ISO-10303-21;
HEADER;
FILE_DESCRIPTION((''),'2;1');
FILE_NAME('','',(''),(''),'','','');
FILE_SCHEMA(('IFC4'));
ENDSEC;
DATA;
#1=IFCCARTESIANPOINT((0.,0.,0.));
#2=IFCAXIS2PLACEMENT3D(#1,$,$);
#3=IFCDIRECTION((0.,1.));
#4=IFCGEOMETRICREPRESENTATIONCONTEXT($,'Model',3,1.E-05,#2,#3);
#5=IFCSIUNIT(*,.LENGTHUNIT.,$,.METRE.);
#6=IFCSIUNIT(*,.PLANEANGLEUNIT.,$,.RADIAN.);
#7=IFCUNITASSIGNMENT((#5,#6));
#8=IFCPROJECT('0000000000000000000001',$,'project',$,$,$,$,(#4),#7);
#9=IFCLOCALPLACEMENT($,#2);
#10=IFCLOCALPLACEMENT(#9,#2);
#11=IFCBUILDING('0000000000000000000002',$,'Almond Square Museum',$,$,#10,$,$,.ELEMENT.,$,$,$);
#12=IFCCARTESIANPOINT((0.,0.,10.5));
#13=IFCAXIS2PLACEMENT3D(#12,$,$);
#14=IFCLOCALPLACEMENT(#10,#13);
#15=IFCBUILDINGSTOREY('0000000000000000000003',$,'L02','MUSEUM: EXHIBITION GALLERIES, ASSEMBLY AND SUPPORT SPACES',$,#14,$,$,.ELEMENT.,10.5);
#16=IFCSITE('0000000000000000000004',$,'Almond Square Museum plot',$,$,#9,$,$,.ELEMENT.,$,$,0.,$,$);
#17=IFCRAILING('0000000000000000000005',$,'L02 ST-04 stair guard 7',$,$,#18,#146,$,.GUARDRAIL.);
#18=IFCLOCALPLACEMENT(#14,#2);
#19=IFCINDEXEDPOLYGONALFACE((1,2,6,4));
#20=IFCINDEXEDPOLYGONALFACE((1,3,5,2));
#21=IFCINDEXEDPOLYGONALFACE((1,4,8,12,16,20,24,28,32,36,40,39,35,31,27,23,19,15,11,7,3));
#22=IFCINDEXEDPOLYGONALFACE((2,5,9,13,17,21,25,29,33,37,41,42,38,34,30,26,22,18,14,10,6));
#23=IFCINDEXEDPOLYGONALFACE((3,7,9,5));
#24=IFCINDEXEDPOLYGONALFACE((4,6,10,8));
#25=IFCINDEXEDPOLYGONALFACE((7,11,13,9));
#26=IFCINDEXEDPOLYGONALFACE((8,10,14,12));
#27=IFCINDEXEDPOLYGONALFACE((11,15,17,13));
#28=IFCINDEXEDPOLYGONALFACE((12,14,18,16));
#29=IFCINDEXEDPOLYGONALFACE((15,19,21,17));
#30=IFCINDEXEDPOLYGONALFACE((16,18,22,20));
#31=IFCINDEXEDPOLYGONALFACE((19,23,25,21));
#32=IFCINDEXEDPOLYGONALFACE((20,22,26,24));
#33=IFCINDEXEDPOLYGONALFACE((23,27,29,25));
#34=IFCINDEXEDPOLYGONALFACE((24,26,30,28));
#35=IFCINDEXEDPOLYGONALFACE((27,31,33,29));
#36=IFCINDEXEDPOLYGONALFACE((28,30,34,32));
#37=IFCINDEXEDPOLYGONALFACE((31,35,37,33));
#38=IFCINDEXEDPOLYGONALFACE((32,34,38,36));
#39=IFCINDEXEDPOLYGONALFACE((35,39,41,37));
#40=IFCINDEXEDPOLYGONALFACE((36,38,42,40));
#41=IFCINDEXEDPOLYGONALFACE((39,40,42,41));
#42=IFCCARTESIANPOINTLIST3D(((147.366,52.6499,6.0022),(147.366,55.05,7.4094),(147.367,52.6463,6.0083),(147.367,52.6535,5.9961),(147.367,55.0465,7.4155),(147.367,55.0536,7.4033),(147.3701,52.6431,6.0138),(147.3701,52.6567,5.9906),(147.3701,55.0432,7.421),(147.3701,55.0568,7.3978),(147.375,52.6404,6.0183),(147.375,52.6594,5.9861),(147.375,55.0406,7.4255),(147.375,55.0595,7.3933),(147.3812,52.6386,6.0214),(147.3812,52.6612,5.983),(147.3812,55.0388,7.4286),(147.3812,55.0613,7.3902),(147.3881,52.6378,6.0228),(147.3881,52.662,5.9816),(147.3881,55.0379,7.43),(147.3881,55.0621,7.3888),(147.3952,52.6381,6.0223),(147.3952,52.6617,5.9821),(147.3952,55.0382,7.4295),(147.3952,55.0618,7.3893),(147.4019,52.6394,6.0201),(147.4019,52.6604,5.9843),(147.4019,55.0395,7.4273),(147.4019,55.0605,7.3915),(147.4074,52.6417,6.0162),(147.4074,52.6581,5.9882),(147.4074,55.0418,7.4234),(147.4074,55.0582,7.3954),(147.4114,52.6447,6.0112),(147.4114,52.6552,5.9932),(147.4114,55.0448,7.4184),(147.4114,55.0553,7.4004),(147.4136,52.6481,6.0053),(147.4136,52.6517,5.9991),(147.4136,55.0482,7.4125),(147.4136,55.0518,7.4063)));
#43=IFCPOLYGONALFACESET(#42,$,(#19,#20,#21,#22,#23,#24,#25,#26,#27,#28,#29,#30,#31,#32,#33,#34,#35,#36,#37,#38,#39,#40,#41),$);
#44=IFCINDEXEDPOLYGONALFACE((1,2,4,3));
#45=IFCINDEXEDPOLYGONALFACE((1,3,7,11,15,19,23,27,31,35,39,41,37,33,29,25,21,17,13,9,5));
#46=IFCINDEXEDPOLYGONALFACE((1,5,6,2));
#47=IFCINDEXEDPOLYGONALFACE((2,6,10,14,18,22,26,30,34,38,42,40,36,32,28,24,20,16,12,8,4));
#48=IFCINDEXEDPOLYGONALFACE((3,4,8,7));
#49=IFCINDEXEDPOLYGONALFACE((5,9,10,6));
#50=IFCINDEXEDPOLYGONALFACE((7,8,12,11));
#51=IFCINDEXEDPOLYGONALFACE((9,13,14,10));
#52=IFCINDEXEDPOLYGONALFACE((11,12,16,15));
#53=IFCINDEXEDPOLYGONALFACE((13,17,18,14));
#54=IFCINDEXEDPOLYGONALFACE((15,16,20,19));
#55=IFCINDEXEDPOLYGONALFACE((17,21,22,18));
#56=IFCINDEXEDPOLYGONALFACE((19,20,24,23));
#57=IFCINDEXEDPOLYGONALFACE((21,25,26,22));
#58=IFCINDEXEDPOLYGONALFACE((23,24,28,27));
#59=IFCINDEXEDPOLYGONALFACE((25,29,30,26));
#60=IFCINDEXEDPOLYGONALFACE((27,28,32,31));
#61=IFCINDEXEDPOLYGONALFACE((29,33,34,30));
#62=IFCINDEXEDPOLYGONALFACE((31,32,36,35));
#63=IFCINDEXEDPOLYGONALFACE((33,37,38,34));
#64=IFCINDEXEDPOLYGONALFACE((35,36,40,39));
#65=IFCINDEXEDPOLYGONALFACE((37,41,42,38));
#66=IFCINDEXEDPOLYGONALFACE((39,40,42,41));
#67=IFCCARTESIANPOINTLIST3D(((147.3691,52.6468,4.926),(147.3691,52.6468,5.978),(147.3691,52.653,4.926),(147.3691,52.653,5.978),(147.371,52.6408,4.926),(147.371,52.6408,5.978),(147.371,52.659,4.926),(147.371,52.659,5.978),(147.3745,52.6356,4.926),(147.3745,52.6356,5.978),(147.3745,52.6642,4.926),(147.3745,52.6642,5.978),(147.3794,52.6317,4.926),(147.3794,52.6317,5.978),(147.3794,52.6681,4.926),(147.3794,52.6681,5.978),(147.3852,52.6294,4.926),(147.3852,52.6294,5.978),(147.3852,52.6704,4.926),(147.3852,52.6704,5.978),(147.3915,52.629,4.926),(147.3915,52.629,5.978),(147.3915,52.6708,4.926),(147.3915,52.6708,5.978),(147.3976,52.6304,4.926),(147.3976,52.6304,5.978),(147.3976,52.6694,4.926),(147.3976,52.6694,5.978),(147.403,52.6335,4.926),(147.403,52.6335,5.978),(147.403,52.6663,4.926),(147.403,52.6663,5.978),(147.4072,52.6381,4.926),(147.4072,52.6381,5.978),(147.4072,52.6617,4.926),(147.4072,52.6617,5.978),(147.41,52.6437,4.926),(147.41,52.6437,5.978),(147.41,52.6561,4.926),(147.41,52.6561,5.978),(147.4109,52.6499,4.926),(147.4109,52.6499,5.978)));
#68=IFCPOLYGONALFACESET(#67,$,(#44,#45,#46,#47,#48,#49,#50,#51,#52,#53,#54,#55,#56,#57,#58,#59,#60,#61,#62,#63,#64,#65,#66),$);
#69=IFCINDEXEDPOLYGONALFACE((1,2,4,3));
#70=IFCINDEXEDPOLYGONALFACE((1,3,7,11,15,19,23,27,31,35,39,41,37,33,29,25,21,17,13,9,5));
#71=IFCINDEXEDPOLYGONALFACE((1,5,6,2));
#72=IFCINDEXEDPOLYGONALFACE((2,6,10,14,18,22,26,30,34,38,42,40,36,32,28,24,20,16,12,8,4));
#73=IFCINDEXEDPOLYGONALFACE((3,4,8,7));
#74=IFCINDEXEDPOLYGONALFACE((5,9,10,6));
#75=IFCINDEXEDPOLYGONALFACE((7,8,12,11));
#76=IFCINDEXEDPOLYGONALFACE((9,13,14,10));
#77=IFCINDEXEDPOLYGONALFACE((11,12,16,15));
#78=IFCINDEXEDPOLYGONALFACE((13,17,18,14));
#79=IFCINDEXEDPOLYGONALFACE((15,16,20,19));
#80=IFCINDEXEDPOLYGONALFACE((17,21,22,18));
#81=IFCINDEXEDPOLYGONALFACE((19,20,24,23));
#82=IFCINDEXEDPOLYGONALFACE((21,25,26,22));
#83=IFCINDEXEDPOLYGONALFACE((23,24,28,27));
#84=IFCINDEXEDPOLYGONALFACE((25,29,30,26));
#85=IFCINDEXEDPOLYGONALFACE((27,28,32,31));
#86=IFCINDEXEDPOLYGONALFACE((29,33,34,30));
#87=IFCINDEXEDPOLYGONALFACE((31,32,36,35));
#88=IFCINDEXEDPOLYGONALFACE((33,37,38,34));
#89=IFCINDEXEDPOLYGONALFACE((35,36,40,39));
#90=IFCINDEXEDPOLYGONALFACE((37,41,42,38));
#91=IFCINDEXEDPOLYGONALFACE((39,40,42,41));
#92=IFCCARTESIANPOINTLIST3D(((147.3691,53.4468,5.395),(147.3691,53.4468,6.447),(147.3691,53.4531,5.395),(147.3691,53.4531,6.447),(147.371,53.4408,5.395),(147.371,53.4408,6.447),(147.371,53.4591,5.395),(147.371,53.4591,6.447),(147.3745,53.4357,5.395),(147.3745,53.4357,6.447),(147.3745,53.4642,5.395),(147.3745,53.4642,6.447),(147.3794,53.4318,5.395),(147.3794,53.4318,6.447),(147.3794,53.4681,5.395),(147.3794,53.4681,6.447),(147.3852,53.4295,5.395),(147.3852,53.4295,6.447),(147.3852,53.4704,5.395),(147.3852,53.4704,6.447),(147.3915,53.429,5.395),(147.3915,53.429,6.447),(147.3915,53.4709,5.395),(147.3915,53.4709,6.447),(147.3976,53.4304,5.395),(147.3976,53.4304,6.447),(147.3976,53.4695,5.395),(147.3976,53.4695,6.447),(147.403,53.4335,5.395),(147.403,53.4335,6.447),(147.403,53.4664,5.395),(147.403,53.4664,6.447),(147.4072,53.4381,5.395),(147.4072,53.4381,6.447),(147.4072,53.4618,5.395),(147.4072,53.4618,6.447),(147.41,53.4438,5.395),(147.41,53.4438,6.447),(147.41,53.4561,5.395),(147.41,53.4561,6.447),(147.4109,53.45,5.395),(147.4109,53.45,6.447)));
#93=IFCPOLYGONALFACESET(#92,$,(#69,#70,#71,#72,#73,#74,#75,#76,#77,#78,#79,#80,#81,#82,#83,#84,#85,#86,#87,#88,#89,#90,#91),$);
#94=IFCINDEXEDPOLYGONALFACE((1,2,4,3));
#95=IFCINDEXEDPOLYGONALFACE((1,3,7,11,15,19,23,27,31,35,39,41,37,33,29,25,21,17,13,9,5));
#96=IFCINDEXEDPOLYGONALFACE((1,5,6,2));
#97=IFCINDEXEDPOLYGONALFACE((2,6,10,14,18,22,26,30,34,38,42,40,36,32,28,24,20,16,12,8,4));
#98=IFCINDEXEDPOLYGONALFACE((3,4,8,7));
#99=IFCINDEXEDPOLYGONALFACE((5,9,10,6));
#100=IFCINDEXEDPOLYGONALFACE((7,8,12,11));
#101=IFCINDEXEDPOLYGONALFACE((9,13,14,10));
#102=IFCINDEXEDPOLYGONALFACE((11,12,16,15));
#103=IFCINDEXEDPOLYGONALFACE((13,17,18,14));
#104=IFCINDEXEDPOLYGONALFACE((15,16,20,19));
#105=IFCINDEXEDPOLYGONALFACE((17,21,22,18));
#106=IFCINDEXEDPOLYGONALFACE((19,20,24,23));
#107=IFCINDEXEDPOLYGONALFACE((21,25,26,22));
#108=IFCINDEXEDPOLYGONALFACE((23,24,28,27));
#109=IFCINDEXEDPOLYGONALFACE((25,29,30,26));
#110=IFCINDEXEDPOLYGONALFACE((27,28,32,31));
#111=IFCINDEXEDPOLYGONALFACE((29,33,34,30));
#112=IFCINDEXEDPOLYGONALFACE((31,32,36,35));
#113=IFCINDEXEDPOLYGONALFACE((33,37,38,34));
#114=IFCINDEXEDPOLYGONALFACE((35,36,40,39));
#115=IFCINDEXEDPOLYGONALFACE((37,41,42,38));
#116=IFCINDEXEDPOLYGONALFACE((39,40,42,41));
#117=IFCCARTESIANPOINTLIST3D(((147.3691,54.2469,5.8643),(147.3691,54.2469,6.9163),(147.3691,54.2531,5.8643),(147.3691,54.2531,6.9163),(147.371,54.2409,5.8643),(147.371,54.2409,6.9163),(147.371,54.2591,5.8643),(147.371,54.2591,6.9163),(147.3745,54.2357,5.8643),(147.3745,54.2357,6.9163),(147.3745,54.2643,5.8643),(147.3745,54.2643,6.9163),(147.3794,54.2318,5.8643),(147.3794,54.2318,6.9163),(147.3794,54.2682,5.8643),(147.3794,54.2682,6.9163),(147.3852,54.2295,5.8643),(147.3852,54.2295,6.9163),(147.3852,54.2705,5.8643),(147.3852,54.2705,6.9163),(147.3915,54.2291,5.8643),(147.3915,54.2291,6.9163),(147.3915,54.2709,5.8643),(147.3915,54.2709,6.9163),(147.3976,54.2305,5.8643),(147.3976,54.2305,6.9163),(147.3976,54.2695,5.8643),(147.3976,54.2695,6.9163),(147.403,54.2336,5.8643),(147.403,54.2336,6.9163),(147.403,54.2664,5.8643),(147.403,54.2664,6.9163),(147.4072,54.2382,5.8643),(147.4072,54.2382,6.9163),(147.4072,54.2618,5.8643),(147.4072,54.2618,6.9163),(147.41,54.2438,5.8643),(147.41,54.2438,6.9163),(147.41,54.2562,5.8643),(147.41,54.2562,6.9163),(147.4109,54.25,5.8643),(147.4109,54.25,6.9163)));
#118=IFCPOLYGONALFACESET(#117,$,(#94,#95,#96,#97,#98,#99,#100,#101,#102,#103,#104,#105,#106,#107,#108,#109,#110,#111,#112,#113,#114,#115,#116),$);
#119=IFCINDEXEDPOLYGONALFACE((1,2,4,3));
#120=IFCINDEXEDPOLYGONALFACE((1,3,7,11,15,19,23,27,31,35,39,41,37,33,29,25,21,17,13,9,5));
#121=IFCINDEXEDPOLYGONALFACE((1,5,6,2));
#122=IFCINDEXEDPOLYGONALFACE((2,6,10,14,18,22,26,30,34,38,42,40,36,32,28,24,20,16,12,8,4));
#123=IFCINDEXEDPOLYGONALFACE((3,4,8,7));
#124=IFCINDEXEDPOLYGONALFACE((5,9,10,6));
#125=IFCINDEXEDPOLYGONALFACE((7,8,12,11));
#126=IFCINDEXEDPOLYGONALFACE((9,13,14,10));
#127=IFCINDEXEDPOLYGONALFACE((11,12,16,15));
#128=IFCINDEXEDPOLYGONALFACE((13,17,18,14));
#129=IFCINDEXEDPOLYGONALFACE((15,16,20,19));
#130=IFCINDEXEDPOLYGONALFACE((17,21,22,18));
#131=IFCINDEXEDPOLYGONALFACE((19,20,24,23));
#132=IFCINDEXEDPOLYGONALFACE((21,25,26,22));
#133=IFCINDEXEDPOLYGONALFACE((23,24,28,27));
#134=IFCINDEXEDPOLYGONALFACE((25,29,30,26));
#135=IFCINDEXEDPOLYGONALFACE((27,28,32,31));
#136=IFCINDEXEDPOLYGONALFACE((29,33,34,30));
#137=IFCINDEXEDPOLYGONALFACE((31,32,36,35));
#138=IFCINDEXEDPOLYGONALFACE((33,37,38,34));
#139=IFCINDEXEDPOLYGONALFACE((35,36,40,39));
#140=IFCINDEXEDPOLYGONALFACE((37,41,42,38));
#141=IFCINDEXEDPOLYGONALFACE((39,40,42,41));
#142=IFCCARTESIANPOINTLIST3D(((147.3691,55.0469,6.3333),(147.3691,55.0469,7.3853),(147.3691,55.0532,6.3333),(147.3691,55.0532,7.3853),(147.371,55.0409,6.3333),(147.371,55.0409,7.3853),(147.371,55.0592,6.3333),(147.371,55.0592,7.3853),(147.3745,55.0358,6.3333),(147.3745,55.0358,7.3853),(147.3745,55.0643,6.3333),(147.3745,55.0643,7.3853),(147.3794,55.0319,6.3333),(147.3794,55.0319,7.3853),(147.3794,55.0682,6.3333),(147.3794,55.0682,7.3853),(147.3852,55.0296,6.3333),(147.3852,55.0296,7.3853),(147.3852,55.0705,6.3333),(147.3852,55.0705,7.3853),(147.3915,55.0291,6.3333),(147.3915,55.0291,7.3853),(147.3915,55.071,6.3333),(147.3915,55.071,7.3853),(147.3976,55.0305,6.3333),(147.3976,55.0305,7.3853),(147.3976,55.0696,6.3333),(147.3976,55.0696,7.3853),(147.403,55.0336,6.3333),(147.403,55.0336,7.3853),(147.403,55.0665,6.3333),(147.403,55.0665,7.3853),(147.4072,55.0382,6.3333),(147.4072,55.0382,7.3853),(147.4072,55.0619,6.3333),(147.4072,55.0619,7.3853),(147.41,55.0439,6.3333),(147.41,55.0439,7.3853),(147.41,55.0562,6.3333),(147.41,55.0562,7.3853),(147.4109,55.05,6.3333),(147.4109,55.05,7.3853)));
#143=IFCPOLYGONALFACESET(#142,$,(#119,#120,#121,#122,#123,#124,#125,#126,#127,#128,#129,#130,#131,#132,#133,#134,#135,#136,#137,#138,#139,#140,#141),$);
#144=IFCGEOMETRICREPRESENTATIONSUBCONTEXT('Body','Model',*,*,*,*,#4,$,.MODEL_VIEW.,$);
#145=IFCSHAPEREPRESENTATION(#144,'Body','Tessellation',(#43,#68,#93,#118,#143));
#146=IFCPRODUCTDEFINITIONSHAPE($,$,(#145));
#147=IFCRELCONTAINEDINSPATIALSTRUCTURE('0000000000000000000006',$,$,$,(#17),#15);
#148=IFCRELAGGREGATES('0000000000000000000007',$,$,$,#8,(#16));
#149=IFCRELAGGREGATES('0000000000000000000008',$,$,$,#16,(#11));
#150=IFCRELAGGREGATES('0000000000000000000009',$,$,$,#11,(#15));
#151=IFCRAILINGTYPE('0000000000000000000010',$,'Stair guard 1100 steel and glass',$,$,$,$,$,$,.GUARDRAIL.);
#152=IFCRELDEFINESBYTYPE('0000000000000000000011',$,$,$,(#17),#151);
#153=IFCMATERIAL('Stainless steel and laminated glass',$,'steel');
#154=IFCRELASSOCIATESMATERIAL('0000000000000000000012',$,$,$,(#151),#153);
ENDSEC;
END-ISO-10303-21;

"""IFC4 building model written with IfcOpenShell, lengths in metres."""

from ifc_helpers import new_model, si_unit, direction, frame, origin, origin_2d, place, context, subcontext, project, spatial, circle, extrude, material, type_object, element, save


model = new_model("IFC4")

# Units and contexts
model_context = context("Model", 3, precision=1e-05, world=origin(), true_north=direction((0.0, 1.0)))
body_context = subcontext(model_context, "Body", "Model", "MODEL_VIEW")
ifc_project = project(units=[si_unit("LENGTHUNIT", "METRE"), si_unit("PLANEANGLEUNIT", "RADIAN")], contexts=[model_context])

# Site, building, storey
site_placement = place(None, origin())
site = spatial("IfcSite", under=ifc_project, at=site_placement, Name="Almond Square Museum plot", CompositionType="ELEMENT", RefElevation=0.0)
building_placement = place(site_placement, origin())
building = spatial("IfcBuilding", under=site, at=building_placement, Name="Almond Square Museum", CompositionType="ELEMENT")
storey_placement = place(building_placement, frame((0.0, 0.0, 10.5)))
storey = spatial("IfcBuildingStorey", under=building, at=storey_placement, Name="L02", Description="MUSEUM: EXHIBITION GALLERIES, ASSEMBLY AND SUPPORT SPACES", CompositionType="ELEMENT", Elevation=10.5)

# Railing
ifc_material_1 = material(Name="Stainless steel and laminated glass", Category="steel")
railing_type_1 = type_object("IfcRailingType", Name="Stair guard 1100 steel and glass", PredefinedType="GUARDRAIL", material=ifc_material_1)
railing_1_placement = place(storey_placement, frame((147.3899, 52.6499, 4.926)))
element("IfcRailing", 1, at=railing_1_placement, inside=storey, type_object=railing_type_1, Name="L02 ST-04 stair guard 7", PredefinedType="GUARDRAIL", context=body_context, shape_type="SweptSolid", body=[
    extrude(circle(Radius=0.0239, at=origin_2d()), frame((0.0, 0.0, 1.0762), z_axis=(0.0, 0.86266, 0.505785), x_axis=(-1.0, 0.0, 0.0)), (0.0, 0.0, 1.0), 2.7822),
    extrude(circle(Radius=0.021, at=origin_2d()), origin(), (0.0, 0.0, 1.0), 1.052),
    extrude(circle(Radius=0.021, at=origin_2d()), frame((0.0, 0.8, 0.469)), (0.0, 0.0, 1.0), 1.052),
    extrude(circle(Radius=0.021, at=origin_2d()), frame((0.0, 1.6001, 0.9382)), (0.0, 0.0, 1.0), 1.052),
    extrude(circle(Radius=0.021, at=origin_2d()), frame((0.0, 2.4001, 1.4072)), (0.0, 0.0, 1.0), 1.052),
])

save(model, "model.ifc")
